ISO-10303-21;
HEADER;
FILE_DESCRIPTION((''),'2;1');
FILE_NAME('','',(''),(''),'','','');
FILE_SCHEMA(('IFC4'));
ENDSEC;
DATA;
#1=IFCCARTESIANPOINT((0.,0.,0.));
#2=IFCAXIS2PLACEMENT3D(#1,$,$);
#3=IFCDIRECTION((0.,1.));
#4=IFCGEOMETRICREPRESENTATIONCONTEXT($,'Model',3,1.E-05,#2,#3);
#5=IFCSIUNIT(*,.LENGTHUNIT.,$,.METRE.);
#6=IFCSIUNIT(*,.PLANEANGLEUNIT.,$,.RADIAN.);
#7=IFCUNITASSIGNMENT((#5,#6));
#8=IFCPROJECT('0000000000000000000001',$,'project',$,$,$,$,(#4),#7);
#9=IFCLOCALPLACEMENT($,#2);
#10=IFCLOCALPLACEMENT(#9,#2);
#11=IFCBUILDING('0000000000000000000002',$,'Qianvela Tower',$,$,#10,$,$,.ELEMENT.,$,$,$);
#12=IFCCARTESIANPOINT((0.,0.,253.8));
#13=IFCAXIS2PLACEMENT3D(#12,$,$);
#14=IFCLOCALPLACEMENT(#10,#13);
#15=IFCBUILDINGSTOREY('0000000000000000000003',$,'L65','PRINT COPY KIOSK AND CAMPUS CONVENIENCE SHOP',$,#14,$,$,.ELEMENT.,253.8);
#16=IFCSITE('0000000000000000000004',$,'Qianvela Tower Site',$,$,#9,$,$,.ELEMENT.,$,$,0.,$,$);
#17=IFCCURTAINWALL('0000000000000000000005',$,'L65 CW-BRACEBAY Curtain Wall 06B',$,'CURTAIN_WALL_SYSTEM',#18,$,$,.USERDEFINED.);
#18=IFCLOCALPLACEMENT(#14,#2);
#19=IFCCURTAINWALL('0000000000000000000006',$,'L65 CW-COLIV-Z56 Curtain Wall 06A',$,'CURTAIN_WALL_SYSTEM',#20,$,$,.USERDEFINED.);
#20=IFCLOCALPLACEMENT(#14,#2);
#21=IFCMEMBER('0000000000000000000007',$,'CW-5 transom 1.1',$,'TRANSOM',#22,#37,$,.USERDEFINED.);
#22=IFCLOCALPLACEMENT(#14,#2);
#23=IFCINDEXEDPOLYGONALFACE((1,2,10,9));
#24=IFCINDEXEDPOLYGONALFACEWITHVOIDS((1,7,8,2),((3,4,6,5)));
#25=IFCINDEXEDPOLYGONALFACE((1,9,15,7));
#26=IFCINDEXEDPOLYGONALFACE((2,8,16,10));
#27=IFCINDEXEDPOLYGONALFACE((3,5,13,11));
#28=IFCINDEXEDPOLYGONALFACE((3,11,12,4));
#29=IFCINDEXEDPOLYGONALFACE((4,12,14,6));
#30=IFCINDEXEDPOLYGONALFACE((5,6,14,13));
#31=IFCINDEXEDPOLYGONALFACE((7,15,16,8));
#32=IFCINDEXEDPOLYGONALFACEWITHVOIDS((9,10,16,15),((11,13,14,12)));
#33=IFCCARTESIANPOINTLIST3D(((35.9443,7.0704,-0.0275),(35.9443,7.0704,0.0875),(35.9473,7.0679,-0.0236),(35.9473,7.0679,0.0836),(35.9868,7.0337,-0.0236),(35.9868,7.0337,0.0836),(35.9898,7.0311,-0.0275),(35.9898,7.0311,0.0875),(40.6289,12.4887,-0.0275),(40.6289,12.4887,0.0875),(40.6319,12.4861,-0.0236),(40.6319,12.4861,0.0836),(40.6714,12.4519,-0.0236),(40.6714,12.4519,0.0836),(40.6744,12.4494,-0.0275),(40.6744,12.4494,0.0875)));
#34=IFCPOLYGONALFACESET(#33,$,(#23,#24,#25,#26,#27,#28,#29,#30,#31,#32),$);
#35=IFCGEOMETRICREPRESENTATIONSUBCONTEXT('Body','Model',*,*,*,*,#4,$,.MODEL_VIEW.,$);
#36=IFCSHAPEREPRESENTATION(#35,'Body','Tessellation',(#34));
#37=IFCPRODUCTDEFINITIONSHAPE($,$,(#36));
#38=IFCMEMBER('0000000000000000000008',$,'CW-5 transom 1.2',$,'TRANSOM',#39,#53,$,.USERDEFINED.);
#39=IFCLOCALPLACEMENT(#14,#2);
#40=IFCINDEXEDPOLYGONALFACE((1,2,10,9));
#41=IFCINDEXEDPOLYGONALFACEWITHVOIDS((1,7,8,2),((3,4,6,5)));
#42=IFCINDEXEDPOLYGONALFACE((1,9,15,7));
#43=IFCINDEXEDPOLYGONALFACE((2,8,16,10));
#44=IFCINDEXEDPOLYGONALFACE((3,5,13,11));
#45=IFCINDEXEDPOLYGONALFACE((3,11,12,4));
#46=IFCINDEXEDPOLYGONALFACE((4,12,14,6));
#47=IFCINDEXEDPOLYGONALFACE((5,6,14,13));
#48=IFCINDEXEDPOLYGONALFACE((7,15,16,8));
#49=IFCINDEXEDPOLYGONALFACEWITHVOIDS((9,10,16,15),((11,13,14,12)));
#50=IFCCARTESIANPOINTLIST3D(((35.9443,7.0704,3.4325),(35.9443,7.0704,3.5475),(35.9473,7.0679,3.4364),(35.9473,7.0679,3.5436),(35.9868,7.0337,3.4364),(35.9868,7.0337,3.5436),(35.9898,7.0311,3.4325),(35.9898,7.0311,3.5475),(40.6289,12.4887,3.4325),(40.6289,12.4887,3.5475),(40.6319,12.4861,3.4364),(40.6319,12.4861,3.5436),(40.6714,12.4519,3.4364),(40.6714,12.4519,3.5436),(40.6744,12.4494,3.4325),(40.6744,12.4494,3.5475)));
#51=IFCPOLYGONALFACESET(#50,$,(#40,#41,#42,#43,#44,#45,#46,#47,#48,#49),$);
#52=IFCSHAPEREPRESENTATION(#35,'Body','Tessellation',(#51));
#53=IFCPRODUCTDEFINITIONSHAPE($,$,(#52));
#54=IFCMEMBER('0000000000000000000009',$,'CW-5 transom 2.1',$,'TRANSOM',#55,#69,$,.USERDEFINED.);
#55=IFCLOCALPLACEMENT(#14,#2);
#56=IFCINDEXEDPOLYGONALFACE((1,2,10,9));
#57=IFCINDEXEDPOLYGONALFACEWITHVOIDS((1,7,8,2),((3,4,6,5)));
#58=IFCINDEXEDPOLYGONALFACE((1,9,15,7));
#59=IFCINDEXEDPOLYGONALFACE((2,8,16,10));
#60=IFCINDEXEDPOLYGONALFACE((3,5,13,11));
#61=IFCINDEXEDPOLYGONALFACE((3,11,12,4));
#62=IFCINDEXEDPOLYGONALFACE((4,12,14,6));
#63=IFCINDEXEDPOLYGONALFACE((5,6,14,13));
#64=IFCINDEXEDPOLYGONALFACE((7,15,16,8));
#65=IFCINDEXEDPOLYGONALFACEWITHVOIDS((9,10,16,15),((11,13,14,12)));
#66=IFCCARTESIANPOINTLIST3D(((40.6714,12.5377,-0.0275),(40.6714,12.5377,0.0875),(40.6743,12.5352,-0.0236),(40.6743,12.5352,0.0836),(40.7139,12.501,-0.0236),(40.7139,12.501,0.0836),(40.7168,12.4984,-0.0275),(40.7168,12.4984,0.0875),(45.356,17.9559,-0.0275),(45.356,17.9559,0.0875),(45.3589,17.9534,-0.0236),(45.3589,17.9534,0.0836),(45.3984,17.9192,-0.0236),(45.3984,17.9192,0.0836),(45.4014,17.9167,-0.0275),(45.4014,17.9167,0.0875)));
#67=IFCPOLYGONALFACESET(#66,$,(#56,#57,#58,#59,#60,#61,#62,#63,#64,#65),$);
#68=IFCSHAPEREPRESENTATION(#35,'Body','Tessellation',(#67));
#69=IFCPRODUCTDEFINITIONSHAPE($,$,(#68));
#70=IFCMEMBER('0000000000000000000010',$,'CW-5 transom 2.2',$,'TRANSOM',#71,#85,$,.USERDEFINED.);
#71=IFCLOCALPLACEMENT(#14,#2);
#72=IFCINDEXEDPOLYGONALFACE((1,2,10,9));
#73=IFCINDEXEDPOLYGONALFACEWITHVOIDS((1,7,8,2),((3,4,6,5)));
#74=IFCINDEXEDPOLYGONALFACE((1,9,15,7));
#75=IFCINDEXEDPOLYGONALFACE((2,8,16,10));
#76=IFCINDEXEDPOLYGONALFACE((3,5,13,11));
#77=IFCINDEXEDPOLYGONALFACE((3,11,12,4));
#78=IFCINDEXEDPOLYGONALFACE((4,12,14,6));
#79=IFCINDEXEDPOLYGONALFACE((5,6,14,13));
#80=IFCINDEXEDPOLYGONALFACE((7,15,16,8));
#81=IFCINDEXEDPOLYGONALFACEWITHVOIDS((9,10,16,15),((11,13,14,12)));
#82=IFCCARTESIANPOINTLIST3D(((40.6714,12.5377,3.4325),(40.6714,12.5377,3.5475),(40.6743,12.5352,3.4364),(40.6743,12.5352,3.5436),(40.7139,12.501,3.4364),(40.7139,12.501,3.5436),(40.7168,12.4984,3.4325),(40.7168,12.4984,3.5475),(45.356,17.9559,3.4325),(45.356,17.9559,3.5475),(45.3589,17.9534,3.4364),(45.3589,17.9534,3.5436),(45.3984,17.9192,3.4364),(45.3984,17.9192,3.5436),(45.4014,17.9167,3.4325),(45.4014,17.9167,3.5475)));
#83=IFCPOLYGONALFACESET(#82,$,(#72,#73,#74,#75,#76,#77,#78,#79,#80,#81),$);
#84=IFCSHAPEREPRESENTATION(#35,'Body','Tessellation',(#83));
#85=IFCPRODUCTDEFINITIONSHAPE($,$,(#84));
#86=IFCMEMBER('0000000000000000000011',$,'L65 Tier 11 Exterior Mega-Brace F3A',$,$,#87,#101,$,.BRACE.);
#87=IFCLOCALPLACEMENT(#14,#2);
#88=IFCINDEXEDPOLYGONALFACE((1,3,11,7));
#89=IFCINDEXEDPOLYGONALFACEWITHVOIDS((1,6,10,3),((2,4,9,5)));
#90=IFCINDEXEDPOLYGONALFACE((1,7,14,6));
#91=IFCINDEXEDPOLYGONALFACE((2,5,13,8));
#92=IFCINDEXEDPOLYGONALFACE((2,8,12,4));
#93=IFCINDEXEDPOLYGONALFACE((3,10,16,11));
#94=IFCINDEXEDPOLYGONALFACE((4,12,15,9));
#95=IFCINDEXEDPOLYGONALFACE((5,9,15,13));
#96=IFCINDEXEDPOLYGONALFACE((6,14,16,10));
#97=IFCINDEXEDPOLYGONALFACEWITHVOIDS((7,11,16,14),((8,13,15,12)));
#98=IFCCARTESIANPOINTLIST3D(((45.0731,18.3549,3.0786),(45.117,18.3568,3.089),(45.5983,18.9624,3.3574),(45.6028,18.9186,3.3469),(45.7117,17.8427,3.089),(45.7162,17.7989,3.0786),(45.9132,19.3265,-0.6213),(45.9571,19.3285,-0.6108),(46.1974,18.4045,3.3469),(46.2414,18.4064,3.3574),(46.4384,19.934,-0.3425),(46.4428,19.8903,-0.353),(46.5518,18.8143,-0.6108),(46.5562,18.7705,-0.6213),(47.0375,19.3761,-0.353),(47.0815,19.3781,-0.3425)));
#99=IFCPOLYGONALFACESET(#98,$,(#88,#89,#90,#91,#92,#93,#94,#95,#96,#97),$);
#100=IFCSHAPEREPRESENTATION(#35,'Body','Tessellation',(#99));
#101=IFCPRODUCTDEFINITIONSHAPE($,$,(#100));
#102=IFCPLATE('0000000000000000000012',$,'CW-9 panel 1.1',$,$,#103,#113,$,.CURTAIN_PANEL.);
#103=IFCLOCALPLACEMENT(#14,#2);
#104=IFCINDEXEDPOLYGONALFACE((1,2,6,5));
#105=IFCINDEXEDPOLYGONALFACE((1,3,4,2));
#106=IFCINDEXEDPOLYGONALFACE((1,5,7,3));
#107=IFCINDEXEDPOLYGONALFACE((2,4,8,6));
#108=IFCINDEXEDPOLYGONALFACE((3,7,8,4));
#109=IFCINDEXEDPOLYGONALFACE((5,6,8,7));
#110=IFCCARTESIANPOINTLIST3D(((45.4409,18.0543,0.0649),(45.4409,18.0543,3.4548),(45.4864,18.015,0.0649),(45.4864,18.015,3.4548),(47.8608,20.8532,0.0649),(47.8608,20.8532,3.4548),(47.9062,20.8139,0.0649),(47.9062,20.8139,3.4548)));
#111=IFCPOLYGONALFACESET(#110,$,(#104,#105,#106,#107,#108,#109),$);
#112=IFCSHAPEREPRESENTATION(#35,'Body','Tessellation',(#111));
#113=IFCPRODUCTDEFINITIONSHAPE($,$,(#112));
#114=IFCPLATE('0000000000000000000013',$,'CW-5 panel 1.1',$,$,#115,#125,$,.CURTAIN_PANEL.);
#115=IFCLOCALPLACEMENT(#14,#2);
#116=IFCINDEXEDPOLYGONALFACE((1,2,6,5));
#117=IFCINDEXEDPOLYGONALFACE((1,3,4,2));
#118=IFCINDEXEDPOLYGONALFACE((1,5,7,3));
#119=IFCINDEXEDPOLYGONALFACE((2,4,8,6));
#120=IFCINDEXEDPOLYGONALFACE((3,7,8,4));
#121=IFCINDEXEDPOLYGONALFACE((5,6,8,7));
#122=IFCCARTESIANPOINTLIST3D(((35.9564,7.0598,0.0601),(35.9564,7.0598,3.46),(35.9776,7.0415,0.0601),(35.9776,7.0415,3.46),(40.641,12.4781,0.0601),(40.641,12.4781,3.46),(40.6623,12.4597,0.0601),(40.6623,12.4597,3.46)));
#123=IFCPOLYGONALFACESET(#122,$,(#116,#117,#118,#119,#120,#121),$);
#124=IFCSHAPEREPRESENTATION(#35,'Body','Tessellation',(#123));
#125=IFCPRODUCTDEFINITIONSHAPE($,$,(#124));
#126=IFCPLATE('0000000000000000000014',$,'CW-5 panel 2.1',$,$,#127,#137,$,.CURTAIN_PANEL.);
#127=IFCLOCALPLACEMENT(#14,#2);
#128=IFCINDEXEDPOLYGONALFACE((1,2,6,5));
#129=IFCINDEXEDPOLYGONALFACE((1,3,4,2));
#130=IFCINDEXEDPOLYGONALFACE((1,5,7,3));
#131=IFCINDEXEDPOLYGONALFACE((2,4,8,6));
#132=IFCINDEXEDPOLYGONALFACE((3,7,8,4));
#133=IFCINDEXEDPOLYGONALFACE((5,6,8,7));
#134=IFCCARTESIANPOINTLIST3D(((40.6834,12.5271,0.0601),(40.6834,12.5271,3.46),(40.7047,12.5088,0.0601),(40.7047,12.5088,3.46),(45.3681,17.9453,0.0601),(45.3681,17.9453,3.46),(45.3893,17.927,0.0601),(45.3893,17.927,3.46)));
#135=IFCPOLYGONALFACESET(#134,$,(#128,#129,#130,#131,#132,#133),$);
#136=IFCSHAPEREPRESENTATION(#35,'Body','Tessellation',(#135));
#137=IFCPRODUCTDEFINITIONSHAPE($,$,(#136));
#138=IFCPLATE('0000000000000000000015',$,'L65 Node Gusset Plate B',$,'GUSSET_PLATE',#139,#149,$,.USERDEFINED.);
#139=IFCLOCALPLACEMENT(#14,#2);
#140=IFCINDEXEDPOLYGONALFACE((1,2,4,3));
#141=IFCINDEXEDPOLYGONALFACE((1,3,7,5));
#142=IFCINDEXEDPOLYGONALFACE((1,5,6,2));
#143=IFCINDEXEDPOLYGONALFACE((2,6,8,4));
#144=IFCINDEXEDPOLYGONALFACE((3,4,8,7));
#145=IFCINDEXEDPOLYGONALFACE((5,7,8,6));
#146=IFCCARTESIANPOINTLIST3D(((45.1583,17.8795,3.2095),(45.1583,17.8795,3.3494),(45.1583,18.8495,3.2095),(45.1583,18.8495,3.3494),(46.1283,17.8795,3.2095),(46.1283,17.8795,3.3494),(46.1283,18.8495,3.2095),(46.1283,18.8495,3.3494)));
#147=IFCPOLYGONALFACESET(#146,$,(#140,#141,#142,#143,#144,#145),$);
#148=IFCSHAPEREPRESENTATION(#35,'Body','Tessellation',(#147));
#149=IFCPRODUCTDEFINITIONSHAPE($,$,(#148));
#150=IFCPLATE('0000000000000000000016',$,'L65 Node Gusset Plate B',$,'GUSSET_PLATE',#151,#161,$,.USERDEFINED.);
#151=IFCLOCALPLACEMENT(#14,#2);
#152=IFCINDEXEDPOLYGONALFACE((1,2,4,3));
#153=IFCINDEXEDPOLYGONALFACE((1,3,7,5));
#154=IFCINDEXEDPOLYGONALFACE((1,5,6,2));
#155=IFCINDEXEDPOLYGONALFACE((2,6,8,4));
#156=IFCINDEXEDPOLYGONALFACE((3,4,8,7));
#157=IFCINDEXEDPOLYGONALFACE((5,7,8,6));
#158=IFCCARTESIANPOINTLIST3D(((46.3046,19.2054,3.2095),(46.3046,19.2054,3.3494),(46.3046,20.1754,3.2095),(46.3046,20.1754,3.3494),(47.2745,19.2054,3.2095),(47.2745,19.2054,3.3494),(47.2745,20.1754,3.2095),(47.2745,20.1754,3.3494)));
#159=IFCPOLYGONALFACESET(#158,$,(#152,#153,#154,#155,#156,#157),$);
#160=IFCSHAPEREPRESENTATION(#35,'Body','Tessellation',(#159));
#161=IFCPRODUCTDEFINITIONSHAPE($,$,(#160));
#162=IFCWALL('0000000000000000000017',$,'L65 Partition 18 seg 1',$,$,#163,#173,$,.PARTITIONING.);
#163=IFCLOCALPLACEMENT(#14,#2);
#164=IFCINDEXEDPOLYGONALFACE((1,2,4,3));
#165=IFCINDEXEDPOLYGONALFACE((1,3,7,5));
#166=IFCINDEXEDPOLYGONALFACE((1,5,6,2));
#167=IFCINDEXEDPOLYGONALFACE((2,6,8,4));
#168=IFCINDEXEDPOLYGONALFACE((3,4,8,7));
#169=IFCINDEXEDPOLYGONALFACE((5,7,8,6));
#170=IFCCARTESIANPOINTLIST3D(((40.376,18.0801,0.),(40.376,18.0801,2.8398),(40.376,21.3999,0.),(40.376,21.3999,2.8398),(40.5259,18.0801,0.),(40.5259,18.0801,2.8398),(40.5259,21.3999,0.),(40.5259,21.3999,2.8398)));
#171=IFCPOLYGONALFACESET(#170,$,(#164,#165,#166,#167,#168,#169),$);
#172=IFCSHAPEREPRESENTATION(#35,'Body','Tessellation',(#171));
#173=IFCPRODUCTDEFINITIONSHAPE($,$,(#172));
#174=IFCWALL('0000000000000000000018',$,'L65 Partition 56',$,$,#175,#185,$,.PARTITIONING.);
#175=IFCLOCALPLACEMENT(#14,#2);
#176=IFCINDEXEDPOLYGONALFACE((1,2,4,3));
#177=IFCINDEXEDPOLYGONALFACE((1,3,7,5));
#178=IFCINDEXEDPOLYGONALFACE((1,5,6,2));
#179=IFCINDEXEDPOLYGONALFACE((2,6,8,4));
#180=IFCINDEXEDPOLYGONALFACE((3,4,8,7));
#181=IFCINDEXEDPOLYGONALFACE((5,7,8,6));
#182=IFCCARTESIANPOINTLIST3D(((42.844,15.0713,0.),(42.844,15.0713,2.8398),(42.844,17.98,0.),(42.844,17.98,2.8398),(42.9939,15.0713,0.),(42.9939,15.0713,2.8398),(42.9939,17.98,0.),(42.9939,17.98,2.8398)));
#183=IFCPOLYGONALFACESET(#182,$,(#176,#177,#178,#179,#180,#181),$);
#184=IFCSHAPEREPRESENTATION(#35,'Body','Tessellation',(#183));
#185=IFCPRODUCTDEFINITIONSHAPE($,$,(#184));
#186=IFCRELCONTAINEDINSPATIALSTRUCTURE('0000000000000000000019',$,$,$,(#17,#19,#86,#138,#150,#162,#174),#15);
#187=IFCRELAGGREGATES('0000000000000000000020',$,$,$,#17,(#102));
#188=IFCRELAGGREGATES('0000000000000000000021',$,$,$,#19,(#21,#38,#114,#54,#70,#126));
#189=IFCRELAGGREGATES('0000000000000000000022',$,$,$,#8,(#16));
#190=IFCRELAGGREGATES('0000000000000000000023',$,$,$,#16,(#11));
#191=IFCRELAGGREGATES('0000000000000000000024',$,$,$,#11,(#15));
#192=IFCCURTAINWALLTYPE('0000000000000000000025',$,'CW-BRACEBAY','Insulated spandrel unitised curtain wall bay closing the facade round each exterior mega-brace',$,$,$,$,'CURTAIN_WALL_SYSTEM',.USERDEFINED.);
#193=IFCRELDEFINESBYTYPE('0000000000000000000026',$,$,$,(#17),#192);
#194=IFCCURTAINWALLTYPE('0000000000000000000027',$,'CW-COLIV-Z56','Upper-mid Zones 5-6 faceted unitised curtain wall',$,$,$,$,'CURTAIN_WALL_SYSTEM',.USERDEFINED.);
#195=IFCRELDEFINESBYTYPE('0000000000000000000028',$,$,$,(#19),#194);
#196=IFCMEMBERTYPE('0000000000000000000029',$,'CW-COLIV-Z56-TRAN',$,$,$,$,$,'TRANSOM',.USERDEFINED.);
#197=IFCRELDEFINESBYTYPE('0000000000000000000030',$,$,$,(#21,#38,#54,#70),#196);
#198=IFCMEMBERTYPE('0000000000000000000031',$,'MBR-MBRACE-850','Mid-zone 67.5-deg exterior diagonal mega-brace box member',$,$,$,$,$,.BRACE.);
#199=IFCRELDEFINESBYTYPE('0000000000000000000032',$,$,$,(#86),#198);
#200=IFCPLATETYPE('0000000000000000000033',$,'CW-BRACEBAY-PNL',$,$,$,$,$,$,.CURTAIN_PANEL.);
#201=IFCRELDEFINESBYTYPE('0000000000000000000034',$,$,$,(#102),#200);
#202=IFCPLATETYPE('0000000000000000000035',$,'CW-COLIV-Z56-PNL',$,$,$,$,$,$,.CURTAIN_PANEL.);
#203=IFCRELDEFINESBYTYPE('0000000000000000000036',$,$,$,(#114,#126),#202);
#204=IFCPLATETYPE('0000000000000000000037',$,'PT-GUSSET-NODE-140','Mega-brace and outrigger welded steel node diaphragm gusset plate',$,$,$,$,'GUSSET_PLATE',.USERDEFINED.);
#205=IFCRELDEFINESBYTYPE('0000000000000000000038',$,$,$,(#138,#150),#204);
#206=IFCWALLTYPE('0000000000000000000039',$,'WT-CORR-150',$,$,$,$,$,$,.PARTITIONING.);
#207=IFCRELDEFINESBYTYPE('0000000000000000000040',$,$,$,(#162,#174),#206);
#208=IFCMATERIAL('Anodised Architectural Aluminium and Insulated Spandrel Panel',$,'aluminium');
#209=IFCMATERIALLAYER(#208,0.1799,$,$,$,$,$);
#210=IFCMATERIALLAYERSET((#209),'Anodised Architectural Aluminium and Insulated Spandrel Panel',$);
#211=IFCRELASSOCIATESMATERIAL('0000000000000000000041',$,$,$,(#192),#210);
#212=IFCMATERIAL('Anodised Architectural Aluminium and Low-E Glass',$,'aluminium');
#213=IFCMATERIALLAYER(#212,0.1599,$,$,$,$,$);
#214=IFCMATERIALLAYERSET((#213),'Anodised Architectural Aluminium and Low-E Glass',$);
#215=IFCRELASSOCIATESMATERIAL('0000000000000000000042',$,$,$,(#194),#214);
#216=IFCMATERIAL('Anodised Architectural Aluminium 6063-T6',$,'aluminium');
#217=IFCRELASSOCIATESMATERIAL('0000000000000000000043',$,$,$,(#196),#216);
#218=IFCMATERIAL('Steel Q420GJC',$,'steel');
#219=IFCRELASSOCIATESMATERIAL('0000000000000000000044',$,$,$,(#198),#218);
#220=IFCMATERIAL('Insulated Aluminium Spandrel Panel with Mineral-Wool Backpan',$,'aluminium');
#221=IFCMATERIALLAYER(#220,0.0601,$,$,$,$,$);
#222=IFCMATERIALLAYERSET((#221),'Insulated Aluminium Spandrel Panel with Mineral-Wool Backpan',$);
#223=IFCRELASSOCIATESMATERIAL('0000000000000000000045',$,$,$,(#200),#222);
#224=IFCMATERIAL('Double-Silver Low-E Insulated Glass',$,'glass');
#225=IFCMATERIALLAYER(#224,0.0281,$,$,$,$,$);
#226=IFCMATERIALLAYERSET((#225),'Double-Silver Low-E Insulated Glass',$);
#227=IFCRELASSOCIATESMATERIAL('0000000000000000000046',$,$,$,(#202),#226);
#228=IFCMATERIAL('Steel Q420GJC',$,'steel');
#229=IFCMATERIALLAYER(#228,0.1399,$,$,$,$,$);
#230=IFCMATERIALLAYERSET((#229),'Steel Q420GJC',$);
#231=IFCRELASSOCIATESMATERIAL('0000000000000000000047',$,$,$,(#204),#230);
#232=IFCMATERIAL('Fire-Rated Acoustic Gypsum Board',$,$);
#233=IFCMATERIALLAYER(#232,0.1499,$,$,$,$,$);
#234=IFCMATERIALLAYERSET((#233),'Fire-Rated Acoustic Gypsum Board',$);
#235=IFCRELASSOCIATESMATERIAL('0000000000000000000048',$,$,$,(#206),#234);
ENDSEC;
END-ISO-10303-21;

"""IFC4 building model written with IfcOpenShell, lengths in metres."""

from ifc_helpers import new_model, si_unit, direction, frame, frame_2d, origin, origin_2d, place, context, subcontext, project, spatial, rectangle, hollow_rectangle, extrude, material, layer, layer_set, material_profile, profile_set, type_object, element, aggregate, save


model = new_model("IFC4")

# Units and contexts
model_context = context("Model", 3, precision=1e-05, world=origin(), true_north=direction((0.0, 1.0)))
body_context = subcontext(model_context, "Body", "Model", "MODEL_VIEW")
ifc_project = project(units=[si_unit("LENGTHUNIT", "METRE"), si_unit("PLANEANGLEUNIT", "RADIAN")], contexts=[model_context])

# Site, building, storey
site_placement = place(None, origin())
site = spatial("IfcSite", under=ifc_project, at=site_placement, Name="Qianvela Tower Site", CompositionType="ELEMENT", RefElevation=0.0)
building_placement = place(site_placement, origin())
building = spatial("IfcBuilding", under=site, at=building_placement, Name="Qianvela Tower", CompositionType="ELEMENT")
storey_placement = place(building_placement, frame((0.0, 0.0, 253.8)))
storey = spatial("IfcBuildingStorey", under=building, at=storey_placement, Name="L65", Description="PRINT COPY KIOSK AND CAMPUS CONVENIENCE SHOP", CompositionType="ELEMENT", Elevation=253.8)

# Curtain walls, members
ifc_material_1 = material(Name="Anodised Architectural Aluminium and Insulated Spandrel Panel", Category="aluminium")
ifc_layer_1 = layer(ifc_material_1, 0.1799)
ifc_layer_set_1 = layer_set([ifc_layer_1], Name="Anodised Architectural Aluminium and Insulated Spandrel Panel")
curtain_wall_type_1 = type_object("IfcCurtainWallType", Name="CW-BRACEBAY", Description="Insulated spandrel unitised curtain wall bay closing the facade round each exterior mega-brace", ElementType="CURTAIN_WALL_SYSTEM", PredefinedType="USERDEFINED", material=ifc_layer_set_1)
curtain_wall_1_placement = place(storey_placement, origin())
curtain_wall_1 = element("IfcCurtainWall", 1, at=curtain_wall_1_placement, inside=storey, type_object=curtain_wall_type_1, Name="L65 CW-BRACEBAY Curtain Wall 06B", ObjectType="CURTAIN_WALL_SYSTEM", PredefinedType="USERDEFINED")
ifc_material_2 = material(Name="Anodised Architectural Aluminium and Low-E Glass", Category="aluminium")
ifc_layer_2 = layer(ifc_material_2, 0.1599)
ifc_layer_set_2 = layer_set([ifc_layer_2], Name="Anodised Architectural Aluminium and Low-E Glass")
curtain_wall_type_2 = type_object("IfcCurtainWallType", Name="CW-COLIV-Z56", Description="Upper-mid Zones 5-6 faceted unitised curtain wall", ElementType="CURTAIN_WALL_SYSTEM", PredefinedType="USERDEFINED", material=ifc_layer_set_2)
curtain_wall_2_placement = place(storey_placement, origin())
curtain_wall_2 = element("IfcCurtainWall", 2, at=curtain_wall_2_placement, inside=storey, type_object=curtain_wall_type_2, Name="L65 CW-COLIV-Z56 Curtain Wall 06A", ObjectType="CURTAIN_WALL_SYSTEM", PredefinedType="USERDEFINED")
ifc_material_3 = material(Name="Anodised Architectural Aluminium 6063-T6", Category="aluminium")
ifc_material_profile_1 = material_profile(ifc_material_3, hollow_rectangle(XDim=0.0601, YDim=0.115, WallThickness=0.0039, at=origin_2d()), Name="ALU-TRAN-60x115")
ifc_profile_set_1 = profile_set([ifc_material_profile_1], Name="Anodised Architectural Aluminium 6063-T6")
member_type_1 = type_object("IfcMemberType", Name="CW-COLIV-Z56-TRAN", ElementType="TRANSOM", PredefinedType="USERDEFINED", material=ifc_profile_set_1)
member_1_placement = place(storey_placement, frame((35.967, 7.0508, 0.03), z_axis=(0.654036, 0.756463, 0.0), x_axis=(-0.756463, 0.654036, 0.0)))
member_1 = element("IfcMember", 3, at=member_1_placement, type_object=member_type_1, Name="CW-5 transom 1.1", ObjectType="TRANSOM", PredefinedType="USERDEFINED", context=body_context, shape_type="SweptSolid", body=[
    extrude(hollow_rectangle(XDim=0.0601, YDim=0.115, WallThickness=0.0039, at=origin_2d()), origin(), (0.0, 0.0, 1.0), 7.1626),
])
member_2_placement = place(storey_placement, frame((35.967, 7.0508, 3.49), z_axis=(0.654036, 0.756463, 0.0), x_axis=(-0.756463, 0.654036, 0.0)))
member_2 = element("IfcMember", 4, at=member_2_placement, type_object=member_type_1, Name="CW-5 transom 1.2", ObjectType="TRANSOM", PredefinedType="USERDEFINED", context=body_context, shape_type="SweptSolid", body=[
    extrude(hollow_rectangle(XDim=0.0601, YDim=0.115, WallThickness=0.0039, at=origin_2d()), origin(), (0.0, 0.0, 1.0), 7.1626),
])
member_3_placement = place(storey_placement, frame((40.6941, 12.5181, 0.03), z_axis=(0.654036, 0.756463, 0.0), x_axis=(-0.756463, 0.654036, 0.0)))
member_3 = element("IfcMember", 5, at=member_3_placement, type_object=member_type_1, Name="CW-5 transom 2.1", ObjectType="TRANSOM", PredefinedType="USERDEFINED", context=body_context, shape_type="SweptSolid", body=[
    extrude(hollow_rectangle(XDim=0.0601, YDim=0.115, WallThickness=0.0039, at=origin_2d()), origin(), (0.0, 0.0, 1.0), 7.1626),
])
member_4_placement = place(storey_placement, frame((40.6941, 12.5181, 3.49), z_axis=(0.654036, 0.756463, 0.0), x_axis=(-0.756463, 0.654036, 0.0)))
member_4 = element("IfcMember", 6, at=member_4_placement, type_object=member_type_1, Name="CW-5 transom 2.2", ObjectType="TRANSOM", PredefinedType="USERDEFINED", context=body_context, shape_type="SweptSolid", body=[
    extrude(hollow_rectangle(XDim=0.0601, YDim=0.115, WallThickness=0.0039, at=origin_2d()), origin(), (0.0, 0.0, 1.0), 7.1626),
])

# Member
ifc_material_4 = material(Name="Steel Q420GJC", Category="steel")
ifc_material_profile_2 = material_profile(ifc_material_4, hollow_rectangle(XDim=0.8501, YDim=0.8501, WallThickness=0.032, at=origin_2d()), Name="MBOX-850x850x32")
ifc_profile_set_2 = profile_set([ifc_material_profile_2], Name="Steel Q420GJC")
member_type_2 = type_object("IfcMemberType", Name="MBR-MBRACE-850", Description="Mid-zone 67.5-deg exterior diagonal mega-brace box member", PredefinedType="BRACE", material=ifc_profile_set_2)
member_5_placement = place(storey_placement, frame((46.4973, 19.3523, -0.4819), z_axis=(-0.214496, -0.248094, 0.944691), x_axis=(0.756472, -0.654026, 0.0)))
element("IfcMember", 7, at=member_5_placement, inside=storey, type_object=member_type_2, Name="L65 Tier 11 Exterior Mega-Brace F3A", PredefinedType="BRACE", context=body_context, shape_type="SweptSolid", body=[
    extrude(hollow_rectangle(XDim=0.8501, YDim=0.8501, WallThickness=0.032, at=origin_2d()), origin(), (0.0, 0.0, 1.0), 3.9165),
])

# Plates
ifc_material_5 = material(Name="Insulated Aluminium Spandrel Panel with Mineral-Wool Backpan", Category="aluminium")
ifc_layer_3 = layer(ifc_material_5, 0.0601)
ifc_layer_set_3 = layer_set([ifc_layer_3], Name="Insulated Aluminium Spandrel Panel with Mineral-Wool Backpan")
plate_type_1 = type_object("IfcPlateType", Name="CW-BRACEBAY-PNL", PredefinedType="CURTAIN_PANEL", material=ifc_layer_set_3)
plate_1_placement = place(storey_placement, frame((46.6736, 19.4341, 0.0649), z_axis=(0.0, 0.0, 1.0), x_axis=(0.654022, 0.756476, 0.0)))
plate_1 = element("IfcPlate", 8, at=plate_1_placement, type_object=plate_type_1, Name="CW-9 panel 1.1", PredefinedType="CURTAIN_PANEL", context=body_context, shape_type="SweptSolid", body=[
    extrude(rectangle(XDim=3.7, YDim=0.0601, at=origin_2d()), origin(), (0.0, 0.0, 1.0), 3.3899),
])
aggregate(curtain_wall_1, [plate_1])
ifc_material_6 = material(Name="Double-Silver Low-E Insulated Glass", Category="glass")
ifc_layer_4 = layer(ifc_material_6, 0.0281)
ifc_layer_set_4 = layer_set([ifc_layer_4], Name="Double-Silver Low-E Insulated Glass")
plate_type_2 = type_object("IfcPlateType", Name="CW-COLIV-Z56-PNL", PredefinedType="CURTAIN_PANEL", material=ifc_layer_set_4)
plate_2_placement = place(storey_placement, frame((38.3093, 9.7598, 0.0601), z_axis=(0.0, 0.0, 1.0), x_axis=(0.654042, 0.756459, 0.0)))
plate_2 = element("IfcPlate", 9, at=plate_2_placement, type_object=plate_type_2, Name="CW-5 panel 1.1", PredefinedType="CURTAIN_PANEL", context=body_context, shape_type="SweptSolid", body=[
    extrude(rectangle(XDim=7.1626, YDim=0.0281, at=origin_2d()), origin(), (0.0, 0.0, 1.0), 3.3999),
])
plate_3_placement = place(storey_placement, frame((43.0364, 15.2271, 0.0601), z_axis=(0.0, 0.0, 1.0), x_axis=(0.654042, 0.756459, 0.0)))
plate_3 = element("IfcPlate", 10, at=plate_3_placement, type_object=plate_type_2, Name="CW-5 panel 2.1", PredefinedType="CURTAIN_PANEL", context=body_context, shape_type="SweptSolid", body=[
    extrude(rectangle(XDim=7.1626, YDim=0.0281, at=origin_2d()), origin(), (0.0, 0.0, 1.0), 3.3999),
])
aggregate(curtain_wall_2, [member_1, member_2, plate_2, member_3, member_4, plate_3])

# Plates
ifc_material_7 = material(Name="Steel Q420GJC", Category="steel")
ifc_layer_5 = layer(ifc_material_7, 0.1399)
ifc_layer_set_5 = layer_set([ifc_layer_5], Name="Steel Q420GJC")
plate_type_3 = type_object("IfcPlateType", Name="PT-GUSSET-NODE-140", Description="Mega-brace and outrigger welded steel node diaphragm gusset plate", ElementType="GUSSET_PLATE", PredefinedType="USERDEFINED", material=ifc_layer_set_5)
for number, where, z_axis, x_axis, name in (
    (11, (45.6433, 18.3645, 3.2095), (0.0, 0.0, 1.0), (1.0, 0.0, 0.0), "L65 Node Gusset Plate B"),
    (12, (46.7896, 19.6904, 3.2095), (0.0, 0.0, 1.0), (1.0, 0.0, 0.0), "L65 Node Gusset Plate B"),
):
    element("IfcPlate", number, at=place(storey_placement, frame(where, z_axis=z_axis, x_axis=x_axis)), inside=storey, type_object=plate_type_3, Name=name, ObjectType="GUSSET_PLATE", PredefinedType="USERDEFINED", context=body_context, shape_type="SweptSolid", body=[
        extrude(rectangle(XDim=0.97, YDim=0.97, at=origin_2d()), origin(), (0.0, 0.0, 1.0), 0.1399),
    ])

# Shared definitions
ifc_material_8 = material(Name="Fire-Rated Acoustic Gypsum Board")
ifc_layer_6 = layer(ifc_material_8, 0.1499)
ifc_layer_set_6 = layer_set([ifc_layer_6], Name="Fire-Rated Acoustic Gypsum Board")
wall_type_1 = type_object("IfcWallType", Name="WT-CORR-150", PredefinedType="PARTITIONING", material=ifc_layer_set_6)

# Walls
wall_1_placement = place(storey_placement, frame((40.4509, 18.0801, 0.0), z_axis=(0.0, 0.0, 1.0), x_axis=(0.0, 1.0, 0.0)))
element("IfcWall", 13, at=wall_1_placement, inside=storey, type_object=wall_type_1, Name="L65 Partition 18 seg 1", PredefinedType="PARTITIONING", context=body_context, shape_type="SweptSolid", body=[
    extrude(rectangle(XDim=3.3198, YDim=0.1499, at=frame_2d((1.6599, 0.0))), origin(), (0.0, 0.0, 1.0), 2.8398),
])
wall_2_placement = place(storey_placement, frame((42.9189, 17.98, 0.0), z_axis=(0.0, 0.0, 1.0), x_axis=(0.0, -1.0, 0.0)))
element("IfcWall", 14, at=wall_2_placement, inside=storey, type_object=wall_type_1, Name="L65 Partition 56", PredefinedType="PARTITIONING", context=body_context, shape_type="SweptSolid", body=[
    extrude(rectangle(XDim=2.9087, YDim=0.1499, at=frame_2d((1.4543, 0.0))), origin(), (0.0, 0.0, 1.0), 2.8398),
])

save(model, "model.ifc")
